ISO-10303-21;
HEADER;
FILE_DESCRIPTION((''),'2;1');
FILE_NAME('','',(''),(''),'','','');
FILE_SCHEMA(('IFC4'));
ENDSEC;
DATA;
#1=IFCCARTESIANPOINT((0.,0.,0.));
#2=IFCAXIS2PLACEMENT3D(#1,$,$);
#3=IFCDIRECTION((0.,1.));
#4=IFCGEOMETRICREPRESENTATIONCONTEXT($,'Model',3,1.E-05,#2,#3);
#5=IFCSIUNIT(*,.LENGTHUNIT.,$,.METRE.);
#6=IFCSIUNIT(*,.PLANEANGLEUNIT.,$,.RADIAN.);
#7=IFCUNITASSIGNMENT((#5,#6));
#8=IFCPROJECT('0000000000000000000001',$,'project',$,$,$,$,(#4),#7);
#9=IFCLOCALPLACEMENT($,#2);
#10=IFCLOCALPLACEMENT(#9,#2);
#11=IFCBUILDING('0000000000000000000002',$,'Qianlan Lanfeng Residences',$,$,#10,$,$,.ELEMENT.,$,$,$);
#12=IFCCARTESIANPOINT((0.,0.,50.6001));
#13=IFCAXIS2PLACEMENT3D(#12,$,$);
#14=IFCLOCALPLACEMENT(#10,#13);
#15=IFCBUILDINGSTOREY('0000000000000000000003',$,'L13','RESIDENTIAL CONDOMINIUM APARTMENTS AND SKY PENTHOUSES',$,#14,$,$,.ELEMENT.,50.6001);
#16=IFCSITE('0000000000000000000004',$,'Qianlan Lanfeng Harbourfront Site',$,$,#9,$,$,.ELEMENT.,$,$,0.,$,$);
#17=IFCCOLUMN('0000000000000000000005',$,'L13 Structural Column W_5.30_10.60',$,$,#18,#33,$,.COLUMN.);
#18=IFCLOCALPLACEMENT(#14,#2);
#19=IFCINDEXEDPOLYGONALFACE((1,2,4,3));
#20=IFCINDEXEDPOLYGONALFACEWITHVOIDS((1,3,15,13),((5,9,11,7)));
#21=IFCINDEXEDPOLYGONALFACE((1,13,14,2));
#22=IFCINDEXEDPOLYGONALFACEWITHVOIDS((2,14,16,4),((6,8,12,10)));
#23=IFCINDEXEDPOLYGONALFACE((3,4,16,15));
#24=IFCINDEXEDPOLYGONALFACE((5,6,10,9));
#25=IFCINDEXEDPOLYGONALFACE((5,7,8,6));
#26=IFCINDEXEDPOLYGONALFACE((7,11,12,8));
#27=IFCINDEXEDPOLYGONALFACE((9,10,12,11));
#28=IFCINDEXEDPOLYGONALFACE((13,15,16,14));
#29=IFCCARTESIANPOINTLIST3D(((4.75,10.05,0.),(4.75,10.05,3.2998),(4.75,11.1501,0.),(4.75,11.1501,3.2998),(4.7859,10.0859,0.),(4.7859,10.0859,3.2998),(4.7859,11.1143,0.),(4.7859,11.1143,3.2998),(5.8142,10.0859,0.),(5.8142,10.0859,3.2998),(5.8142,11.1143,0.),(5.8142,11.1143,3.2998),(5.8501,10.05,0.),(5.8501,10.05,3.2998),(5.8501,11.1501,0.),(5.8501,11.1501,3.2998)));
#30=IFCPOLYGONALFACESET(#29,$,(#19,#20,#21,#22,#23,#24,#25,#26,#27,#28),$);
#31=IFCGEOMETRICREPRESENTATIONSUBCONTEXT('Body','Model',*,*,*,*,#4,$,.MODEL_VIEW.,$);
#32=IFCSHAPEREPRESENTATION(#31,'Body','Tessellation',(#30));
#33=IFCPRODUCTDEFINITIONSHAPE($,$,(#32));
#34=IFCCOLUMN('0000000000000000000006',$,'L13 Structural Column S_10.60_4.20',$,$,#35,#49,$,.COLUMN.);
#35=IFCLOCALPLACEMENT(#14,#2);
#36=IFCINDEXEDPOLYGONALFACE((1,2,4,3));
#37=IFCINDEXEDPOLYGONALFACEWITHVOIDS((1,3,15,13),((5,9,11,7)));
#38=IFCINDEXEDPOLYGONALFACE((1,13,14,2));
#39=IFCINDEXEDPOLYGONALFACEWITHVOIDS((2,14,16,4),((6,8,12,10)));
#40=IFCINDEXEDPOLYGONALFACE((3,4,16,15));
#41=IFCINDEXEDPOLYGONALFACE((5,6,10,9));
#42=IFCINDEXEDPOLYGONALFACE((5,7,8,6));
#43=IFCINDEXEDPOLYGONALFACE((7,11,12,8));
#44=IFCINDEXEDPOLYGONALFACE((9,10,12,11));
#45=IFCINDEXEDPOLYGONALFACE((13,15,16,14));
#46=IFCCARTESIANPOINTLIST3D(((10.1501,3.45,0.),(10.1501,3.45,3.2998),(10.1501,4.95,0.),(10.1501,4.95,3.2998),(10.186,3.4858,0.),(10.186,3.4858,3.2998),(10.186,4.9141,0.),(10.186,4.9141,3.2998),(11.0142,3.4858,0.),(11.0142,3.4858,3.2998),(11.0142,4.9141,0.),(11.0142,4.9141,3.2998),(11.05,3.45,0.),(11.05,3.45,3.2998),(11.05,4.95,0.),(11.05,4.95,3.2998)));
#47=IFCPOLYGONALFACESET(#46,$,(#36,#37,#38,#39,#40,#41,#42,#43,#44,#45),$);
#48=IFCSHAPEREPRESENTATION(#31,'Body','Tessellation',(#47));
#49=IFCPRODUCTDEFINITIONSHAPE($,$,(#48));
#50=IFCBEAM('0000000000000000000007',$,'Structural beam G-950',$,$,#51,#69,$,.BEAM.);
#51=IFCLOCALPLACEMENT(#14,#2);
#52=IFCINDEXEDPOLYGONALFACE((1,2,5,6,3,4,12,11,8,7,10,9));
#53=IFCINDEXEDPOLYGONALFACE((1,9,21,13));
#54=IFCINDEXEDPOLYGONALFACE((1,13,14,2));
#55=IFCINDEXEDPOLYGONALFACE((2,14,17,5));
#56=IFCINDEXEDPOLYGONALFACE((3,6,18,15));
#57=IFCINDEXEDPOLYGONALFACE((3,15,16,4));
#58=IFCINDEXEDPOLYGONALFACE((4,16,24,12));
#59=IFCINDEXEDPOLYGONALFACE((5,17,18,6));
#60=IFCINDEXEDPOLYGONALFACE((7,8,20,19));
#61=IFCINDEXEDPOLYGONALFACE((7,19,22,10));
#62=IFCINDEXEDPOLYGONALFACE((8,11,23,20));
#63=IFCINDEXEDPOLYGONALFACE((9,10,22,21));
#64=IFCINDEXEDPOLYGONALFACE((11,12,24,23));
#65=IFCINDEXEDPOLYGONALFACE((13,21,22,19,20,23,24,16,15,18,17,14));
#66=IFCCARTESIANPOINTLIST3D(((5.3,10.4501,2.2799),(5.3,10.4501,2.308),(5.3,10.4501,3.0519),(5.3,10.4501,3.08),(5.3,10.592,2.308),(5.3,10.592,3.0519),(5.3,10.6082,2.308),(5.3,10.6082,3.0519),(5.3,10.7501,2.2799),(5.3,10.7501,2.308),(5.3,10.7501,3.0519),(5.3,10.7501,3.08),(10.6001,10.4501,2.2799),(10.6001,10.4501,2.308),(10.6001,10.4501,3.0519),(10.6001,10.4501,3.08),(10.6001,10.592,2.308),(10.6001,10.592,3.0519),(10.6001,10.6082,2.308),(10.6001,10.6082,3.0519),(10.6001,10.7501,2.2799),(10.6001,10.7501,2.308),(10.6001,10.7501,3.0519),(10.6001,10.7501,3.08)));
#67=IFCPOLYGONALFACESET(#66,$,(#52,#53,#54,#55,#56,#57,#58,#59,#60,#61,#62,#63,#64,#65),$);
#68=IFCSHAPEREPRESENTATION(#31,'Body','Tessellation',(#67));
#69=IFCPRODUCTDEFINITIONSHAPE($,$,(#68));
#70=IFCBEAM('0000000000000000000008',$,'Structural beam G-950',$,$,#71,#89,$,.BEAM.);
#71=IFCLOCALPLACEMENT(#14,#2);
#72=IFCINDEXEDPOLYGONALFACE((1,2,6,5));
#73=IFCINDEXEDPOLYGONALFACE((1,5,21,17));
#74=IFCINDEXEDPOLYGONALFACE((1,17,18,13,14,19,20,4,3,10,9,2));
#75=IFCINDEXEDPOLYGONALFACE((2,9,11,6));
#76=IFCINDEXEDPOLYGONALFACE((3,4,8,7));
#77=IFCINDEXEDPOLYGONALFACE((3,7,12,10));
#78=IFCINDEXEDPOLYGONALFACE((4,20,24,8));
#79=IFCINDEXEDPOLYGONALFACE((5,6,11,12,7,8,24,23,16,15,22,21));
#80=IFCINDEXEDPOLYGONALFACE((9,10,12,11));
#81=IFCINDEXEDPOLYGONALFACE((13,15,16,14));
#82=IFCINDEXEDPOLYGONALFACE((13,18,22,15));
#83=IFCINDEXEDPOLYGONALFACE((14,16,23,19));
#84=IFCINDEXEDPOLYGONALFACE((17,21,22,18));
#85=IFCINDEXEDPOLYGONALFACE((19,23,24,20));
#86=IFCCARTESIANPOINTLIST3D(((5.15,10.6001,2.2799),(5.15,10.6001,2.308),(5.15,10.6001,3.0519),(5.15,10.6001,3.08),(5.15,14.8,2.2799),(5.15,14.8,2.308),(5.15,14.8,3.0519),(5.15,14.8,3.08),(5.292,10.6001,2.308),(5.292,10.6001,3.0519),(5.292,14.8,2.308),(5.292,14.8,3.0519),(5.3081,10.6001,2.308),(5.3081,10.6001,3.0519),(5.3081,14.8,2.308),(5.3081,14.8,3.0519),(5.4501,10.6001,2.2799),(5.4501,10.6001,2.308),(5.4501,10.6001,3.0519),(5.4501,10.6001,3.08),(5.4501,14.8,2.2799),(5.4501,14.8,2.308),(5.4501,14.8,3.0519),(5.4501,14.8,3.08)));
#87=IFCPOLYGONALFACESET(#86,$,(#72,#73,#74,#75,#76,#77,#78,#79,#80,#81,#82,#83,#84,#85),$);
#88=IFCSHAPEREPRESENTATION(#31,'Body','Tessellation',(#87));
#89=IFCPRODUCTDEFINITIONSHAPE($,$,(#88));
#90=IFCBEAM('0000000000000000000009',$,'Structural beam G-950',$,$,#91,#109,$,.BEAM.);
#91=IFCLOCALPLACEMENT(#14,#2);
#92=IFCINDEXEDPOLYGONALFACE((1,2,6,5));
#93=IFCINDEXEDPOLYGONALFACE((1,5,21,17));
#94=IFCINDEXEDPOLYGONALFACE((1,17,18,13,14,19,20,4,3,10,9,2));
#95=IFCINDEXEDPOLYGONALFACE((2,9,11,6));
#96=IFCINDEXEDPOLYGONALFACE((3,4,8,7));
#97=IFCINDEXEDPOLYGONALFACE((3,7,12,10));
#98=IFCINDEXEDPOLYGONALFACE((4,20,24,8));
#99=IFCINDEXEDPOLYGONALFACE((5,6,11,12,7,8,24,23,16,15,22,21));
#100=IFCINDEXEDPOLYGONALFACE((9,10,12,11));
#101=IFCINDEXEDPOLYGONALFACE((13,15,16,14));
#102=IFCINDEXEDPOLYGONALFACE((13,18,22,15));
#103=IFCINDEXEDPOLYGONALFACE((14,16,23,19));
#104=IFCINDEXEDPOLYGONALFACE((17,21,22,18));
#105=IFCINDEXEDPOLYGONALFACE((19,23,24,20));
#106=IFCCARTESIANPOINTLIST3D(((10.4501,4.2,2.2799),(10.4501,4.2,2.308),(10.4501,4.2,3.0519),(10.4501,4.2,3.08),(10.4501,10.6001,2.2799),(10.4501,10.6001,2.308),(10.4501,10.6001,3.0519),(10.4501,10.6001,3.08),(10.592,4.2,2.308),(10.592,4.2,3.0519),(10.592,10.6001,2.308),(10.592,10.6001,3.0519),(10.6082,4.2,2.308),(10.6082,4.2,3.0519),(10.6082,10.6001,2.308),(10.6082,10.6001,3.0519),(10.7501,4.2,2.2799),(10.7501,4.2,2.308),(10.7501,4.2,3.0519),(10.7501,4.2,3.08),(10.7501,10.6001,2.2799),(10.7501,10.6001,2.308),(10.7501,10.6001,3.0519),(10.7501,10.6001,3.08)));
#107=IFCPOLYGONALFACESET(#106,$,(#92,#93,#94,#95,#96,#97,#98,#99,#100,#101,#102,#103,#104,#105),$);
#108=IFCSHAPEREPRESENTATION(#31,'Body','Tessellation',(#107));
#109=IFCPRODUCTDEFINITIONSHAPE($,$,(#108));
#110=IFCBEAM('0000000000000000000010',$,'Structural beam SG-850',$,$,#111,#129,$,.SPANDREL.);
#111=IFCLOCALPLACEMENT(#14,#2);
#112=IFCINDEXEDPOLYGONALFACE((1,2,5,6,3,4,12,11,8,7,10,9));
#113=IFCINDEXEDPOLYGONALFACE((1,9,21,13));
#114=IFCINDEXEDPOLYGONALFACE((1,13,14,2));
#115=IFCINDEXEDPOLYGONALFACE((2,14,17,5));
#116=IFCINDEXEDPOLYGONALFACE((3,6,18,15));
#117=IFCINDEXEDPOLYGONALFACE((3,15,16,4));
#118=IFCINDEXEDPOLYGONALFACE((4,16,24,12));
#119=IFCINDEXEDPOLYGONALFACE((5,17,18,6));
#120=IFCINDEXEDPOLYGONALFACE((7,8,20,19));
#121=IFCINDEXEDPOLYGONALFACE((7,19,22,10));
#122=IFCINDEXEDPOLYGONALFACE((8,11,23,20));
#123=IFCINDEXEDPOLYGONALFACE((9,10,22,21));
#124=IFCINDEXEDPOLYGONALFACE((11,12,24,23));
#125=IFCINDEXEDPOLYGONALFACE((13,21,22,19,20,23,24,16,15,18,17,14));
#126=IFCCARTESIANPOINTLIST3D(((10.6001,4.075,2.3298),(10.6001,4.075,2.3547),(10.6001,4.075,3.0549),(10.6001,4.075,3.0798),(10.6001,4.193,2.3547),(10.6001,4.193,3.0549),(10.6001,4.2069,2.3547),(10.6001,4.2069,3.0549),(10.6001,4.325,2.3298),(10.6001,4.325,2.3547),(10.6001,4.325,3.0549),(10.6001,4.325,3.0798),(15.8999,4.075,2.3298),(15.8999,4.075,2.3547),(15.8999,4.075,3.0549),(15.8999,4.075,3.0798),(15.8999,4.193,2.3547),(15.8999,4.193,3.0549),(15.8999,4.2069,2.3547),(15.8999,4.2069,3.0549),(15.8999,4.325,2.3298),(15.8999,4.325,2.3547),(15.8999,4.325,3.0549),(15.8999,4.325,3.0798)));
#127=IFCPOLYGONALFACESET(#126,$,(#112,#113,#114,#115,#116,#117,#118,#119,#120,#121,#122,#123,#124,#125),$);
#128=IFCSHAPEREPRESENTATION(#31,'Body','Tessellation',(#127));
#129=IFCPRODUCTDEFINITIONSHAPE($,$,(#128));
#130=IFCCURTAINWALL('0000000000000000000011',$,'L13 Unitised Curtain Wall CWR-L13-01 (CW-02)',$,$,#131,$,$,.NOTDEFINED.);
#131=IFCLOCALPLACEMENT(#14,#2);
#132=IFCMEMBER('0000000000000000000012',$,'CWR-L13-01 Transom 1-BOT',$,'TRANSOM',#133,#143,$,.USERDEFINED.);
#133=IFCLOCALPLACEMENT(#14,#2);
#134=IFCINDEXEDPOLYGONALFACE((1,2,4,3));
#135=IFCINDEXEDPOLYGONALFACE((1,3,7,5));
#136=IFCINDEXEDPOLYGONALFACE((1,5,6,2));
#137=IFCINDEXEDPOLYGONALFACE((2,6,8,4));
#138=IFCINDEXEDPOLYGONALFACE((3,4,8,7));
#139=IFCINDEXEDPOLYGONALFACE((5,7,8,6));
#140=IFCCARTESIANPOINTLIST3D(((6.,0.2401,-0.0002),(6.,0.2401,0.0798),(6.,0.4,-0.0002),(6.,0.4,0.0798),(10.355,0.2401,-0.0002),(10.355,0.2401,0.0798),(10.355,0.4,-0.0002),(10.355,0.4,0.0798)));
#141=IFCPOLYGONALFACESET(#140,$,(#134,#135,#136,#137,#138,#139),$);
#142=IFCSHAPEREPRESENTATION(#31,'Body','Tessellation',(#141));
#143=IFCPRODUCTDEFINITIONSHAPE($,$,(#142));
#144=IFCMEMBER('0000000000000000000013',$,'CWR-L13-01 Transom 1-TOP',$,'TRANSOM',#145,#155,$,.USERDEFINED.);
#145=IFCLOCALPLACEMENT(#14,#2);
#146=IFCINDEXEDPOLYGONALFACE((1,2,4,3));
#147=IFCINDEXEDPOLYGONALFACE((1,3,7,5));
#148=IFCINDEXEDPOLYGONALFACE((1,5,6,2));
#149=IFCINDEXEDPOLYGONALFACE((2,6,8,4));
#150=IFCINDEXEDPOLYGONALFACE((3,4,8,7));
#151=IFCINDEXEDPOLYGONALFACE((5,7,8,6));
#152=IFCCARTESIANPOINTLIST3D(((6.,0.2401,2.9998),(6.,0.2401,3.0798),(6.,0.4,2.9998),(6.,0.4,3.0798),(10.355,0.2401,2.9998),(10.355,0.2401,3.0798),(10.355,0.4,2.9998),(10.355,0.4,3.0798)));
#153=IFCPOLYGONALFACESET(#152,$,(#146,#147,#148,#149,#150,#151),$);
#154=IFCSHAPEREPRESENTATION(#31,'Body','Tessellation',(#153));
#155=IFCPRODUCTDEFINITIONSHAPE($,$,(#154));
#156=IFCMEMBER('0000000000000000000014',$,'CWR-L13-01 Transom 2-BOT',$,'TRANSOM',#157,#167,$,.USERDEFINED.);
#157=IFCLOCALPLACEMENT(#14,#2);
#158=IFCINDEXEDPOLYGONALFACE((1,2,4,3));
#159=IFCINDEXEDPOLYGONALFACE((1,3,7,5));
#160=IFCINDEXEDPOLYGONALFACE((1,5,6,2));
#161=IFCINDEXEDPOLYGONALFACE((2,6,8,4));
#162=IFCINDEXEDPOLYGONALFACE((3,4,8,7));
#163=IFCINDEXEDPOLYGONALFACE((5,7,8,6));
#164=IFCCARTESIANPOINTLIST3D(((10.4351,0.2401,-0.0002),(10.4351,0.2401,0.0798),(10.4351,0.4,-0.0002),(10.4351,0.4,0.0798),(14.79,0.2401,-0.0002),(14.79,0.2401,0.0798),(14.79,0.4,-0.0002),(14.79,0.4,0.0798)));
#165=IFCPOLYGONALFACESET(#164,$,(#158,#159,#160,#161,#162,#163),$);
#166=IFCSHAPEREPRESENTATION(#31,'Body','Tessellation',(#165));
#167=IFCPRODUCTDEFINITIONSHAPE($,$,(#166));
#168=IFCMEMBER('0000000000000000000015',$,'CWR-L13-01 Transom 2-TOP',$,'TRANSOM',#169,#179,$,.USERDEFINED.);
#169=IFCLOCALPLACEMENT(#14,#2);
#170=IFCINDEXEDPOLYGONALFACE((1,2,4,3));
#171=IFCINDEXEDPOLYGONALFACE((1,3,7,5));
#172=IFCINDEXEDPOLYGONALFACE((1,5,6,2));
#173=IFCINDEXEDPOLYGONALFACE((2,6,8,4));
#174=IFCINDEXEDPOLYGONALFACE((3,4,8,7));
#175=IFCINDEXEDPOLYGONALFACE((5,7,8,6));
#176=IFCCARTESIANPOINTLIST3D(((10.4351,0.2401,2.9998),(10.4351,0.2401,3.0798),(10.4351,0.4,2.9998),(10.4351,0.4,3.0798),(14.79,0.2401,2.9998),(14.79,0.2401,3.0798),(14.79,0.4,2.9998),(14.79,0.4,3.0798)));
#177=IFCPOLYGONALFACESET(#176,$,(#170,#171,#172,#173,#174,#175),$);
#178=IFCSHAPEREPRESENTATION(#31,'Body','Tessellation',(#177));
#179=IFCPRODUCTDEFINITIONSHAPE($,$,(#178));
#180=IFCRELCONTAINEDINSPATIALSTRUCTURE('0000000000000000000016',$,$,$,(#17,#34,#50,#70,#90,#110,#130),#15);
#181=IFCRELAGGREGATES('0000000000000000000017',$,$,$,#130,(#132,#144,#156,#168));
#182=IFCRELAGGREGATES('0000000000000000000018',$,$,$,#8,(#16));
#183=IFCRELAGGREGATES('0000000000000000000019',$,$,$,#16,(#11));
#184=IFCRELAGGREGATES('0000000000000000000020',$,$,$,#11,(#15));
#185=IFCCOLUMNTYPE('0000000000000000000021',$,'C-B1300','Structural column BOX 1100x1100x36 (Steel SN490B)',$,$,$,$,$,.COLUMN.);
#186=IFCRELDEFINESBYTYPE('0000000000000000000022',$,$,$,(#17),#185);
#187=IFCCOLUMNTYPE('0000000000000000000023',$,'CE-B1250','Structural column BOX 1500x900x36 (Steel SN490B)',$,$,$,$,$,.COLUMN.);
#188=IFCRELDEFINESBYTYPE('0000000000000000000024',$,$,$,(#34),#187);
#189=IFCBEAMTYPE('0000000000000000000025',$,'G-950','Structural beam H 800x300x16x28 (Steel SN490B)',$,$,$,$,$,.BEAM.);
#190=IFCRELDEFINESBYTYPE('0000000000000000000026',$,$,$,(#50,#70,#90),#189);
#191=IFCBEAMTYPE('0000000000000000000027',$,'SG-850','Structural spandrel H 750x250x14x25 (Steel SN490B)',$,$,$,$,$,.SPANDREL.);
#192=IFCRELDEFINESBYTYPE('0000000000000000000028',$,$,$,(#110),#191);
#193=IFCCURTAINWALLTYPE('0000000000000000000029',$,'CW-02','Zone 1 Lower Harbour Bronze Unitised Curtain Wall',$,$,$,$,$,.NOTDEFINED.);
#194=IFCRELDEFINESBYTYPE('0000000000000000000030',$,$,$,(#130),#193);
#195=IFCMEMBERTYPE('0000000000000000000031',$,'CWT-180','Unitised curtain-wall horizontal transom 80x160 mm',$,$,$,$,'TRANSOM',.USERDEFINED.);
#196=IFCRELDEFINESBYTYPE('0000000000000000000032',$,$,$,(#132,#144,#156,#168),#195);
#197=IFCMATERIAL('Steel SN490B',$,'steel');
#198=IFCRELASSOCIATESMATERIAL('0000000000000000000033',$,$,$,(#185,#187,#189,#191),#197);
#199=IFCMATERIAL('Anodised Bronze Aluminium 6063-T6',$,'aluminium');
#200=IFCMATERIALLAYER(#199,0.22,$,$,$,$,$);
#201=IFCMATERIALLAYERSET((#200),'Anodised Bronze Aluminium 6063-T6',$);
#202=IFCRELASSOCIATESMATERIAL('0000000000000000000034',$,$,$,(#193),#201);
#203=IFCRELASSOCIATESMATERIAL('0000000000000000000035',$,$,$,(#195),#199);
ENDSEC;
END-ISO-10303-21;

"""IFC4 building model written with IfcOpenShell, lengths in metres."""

from ifc_helpers import new_model, si_unit, direction, frame, origin, origin_2d, place, context, subcontext, project, spatial, rectangle, hollow_rectangle, i_section, extrude, source, transform, mapped, material, layer, layer_set, material_profile, profile_set, type_object, element, aggregate, save


model = new_model("IFC4")

# Units and contexts
model_context = context("Model", 3, precision=1e-05, world=origin(), true_north=direction((0.0, 1.0)))
body_context = subcontext(model_context, "Body", "Model", "MODEL_VIEW")
ifc_project = project(units=[si_unit("LENGTHUNIT", "METRE"), si_unit("PLANEANGLEUNIT", "RADIAN")], contexts=[model_context])

# Site, building, storey
site_placement = place(None, origin())
site = spatial("IfcSite", under=ifc_project, at=site_placement, Name="Qianlan Lanfeng Harbourfront Site", CompositionType="ELEMENT", RefElevation=0.0)
building_placement = place(site_placement, origin())
building = spatial("IfcBuilding", under=site, at=building_placement, Name="Qianlan Lanfeng Residences", CompositionType="ELEMENT")
storey_placement = place(building_placement, frame((0.0, 0.0, 50.6001)))
storey = spatial("IfcBuildingStorey", under=building, at=storey_placement, Name="L13", Description="RESIDENTIAL CONDOMINIUM APARTMENTS AND SKY PENTHOUSES", CompositionType="ELEMENT", Elevation=50.6001)

# Columns
ifc_material_1 = material(Name="Steel SN490B", Category="steel")
ifc_material_profile_1 = material_profile(ifc_material_1, hollow_rectangle(XDim=1.1001, YDim=1.1001, WallThickness=0.0359, at=origin_2d()), Name="BOX 1100x1100x36")
ifc_profile_set_1 = profile_set([ifc_material_profile_1], Name="Steel SN490B")
column_type_1 = type_object("IfcColumnType", Name="C-B1300", Description="Structural column BOX 1100x1100x36 (Steel SN490B)", PredefinedType="COLUMN", material=ifc_profile_set_1)
column_1_placement = place(storey_placement, frame((5.3, 10.6001, 0.0), z_axis=(0.0, 0.0, 1.0), x_axis=(1.0, 0.0, 0.0)))
element("IfcColumn", 1, at=column_1_placement, inside=storey, type_object=column_type_1, Name="L13 Structural Column W_5.30_10.60", PredefinedType="COLUMN", context=body_context, shape_type="SweptSolid", body=[
    extrude(hollow_rectangle(XDim=1.1001, YDim=1.1001, WallThickness=0.0359, at=origin_2d()), origin(), (0.0, 0.0, 1.0), 3.2998),
])
ifc_material_profile_2 = material_profile(ifc_material_1, hollow_rectangle(XDim=0.8999, YDim=1.5, WallThickness=0.0359, at=origin_2d()), Name="BOX 1500x900x36")
ifc_profile_set_2 = profile_set([ifc_material_profile_2], Name="Steel SN490B")
column_type_2 = type_object("IfcColumnType", Name="CE-B1250", Description="Structural column BOX 1500x900x36 (Steel SN490B)", PredefinedType="COLUMN", material=ifc_profile_set_2)
column_2_placement = place(storey_placement, frame((10.6001, 4.2, 0.0), z_axis=(0.0, 0.0, 1.0), x_axis=(1.0, 0.0, 0.0)))
element("IfcColumn", 2, at=column_2_placement, inside=storey, type_object=column_type_2, Name="L13 Structural Column S_10.60_4.20", PredefinedType="COLUMN", context=body_context, shape_type="SweptSolid", body=[
    extrude(hollow_rectangle(XDim=0.8999, YDim=1.5, WallThickness=0.0359, at=origin_2d()), origin(), (0.0, 0.0, 1.0), 3.2998),
])

# Beams
ifc_material_profile_3 = material_profile(ifc_material_1, i_section(OverallWidth=0.3, OverallDepth=0.8, WebThickness=0.0161, FlangeThickness=0.0281, at=origin_2d()), Name="H 800x300x16x28")
ifc_profile_set_3 = profile_set([ifc_material_profile_3], Name="Steel SN490B")
beam_type_1 = type_object("IfcBeamType", Name="G-950", Description="Structural beam H 800x300x16x28 (Steel SN490B)", PredefinedType="BEAM", material=ifc_profile_set_3)
beam_1_placement = place(storey_placement, frame((5.3, 10.6001, 2.6799), z_axis=(1.0, 0.0, 0.0), x_axis=(0.0, 1.0, 0.0)))
element("IfcBeam", 3, at=beam_1_placement, inside=storey, type_object=beam_type_1, Name="Structural beam G-950", PredefinedType="BEAM", context=body_context, shape_type="SweptSolid", body=[
    extrude(i_section(OverallWidth=0.3, OverallDepth=0.8, WebThickness=0.0161, FlangeThickness=0.0281, at=origin_2d()), origin(), (0.0, 0.0, 1.0), 5.3),
])
beam_2_placement = place(storey_placement, frame((5.3, 10.6001, 2.6799), z_axis=(0.0, 1.0, 0.0), x_axis=(-1.0, 0.0, 0.0)))
element("IfcBeam", 4, at=beam_2_placement, inside=storey, type_object=beam_type_1, Name="Structural beam G-950", PredefinedType="BEAM", context=body_context, shape_type="SweptSolid", body=[
    extrude(i_section(OverallWidth=0.3, OverallDepth=0.8, WebThickness=0.0161, FlangeThickness=0.0281, at=origin_2d()), origin(), (0.0, 0.0, 1.0), 4.2),
])
beam_3_placement = place(storey_placement, frame((10.6001, 4.2, 2.6799), z_axis=(0.0, 1.0, 0.0), x_axis=(-1.0, 0.0, 0.0)))
element("IfcBeam", 5, at=beam_3_placement, inside=storey, type_object=beam_type_1, Name="Structural beam G-950", PredefinedType="BEAM", context=body_context, shape_type="SweptSolid", body=[
    extrude(i_section(OverallWidth=0.3, OverallDepth=0.8, WebThickness=0.0161, FlangeThickness=0.0281, at=origin_2d()), origin(), (0.0, 0.0, 1.0), 6.4001),
])
ifc_material_profile_4 = material_profile(ifc_material_1, i_section(OverallWidth=0.25, OverallDepth=0.75, WebThickness=0.0139, FlangeThickness=0.0249, at=origin_2d()), Name="H 750x250x14x25")
ifc_profile_set_4 = profile_set([ifc_material_profile_4], Name="Steel SN490B")
beam_type_2 = type_object("IfcBeamType", Name="SG-850", Description="Structural spandrel H 750x250x14x25 (Steel SN490B)", PredefinedType="SPANDREL", material=ifc_profile_set_4)
beam_4_placement = place(storey_placement, frame((10.6001, 4.2, 2.7048), z_axis=(1.0, 0.0, 0.0), x_axis=(0.0, 1.0, 0.0)))
element("IfcBeam", 6, at=beam_4_placement, inside=storey, type_object=beam_type_2, Name="Structural beam SG-850", PredefinedType="SPANDREL", context=body_context, shape_type="SweptSolid", body=[
    extrude(i_section(OverallWidth=0.25, OverallDepth=0.75, WebThickness=0.0139, FlangeThickness=0.0249, at=origin_2d()), origin(), (0.0, 0.0, 1.0), 5.2998),
])

# Curtain wall, members
ifc_material_2 = material(Name="Anodised Bronze Aluminium 6063-T6", Category="aluminium")
ifc_layer_1 = layer(ifc_material_2, 0.22)
ifc_layer_set_1 = layer_set([ifc_layer_1], Name="Anodised Bronze Aluminium 6063-T6")
curtain_wall_type = type_object("IfcCurtainWallType", Name="CW-02", Description="Zone 1 Lower Harbour Bronze Unitised Curtain Wall", PredefinedType="NOTDEFINED", material=ifc_layer_set_1)
curtain_wall_1_placement = place(storey_placement, origin())
curtain_wall_1 = element("IfcCurtainWall", 7, at=curtain_wall_1_placement, inside=storey, type_object=curtain_wall_type, Name="L13 Unitised Curtain Wall CWR-L13-01 (CW-02)", PredefinedType="NOTDEFINED")
ifc_material_profile_5 = material_profile(ifc_material_2, rectangle(XDim=0.0801, YDim=0.1599, at=origin_2d()), Name="ALU TRANSOM 80x160")
ifc_profile_set_5 = profile_set([ifc_material_profile_5], Name="Anodised Bronze Aluminium 6063-T6")
member_type_1 = type_object("IfcMemberType", Name="CWT-180", Description="Unitised curtain-wall horizontal transom 80x160 mm", ElementType="TRANSOM", PredefinedType="USERDEFINED", material=ifc_profile_set_5)
shared_shape_1 = source(origin(), body_context, "Body", "SweptSolid", [
    extrude(rectangle(XDim=0.0801, YDim=0.1599, at=origin_2d()), origin(), (0.0, 0.0, 1.0), 4.355),
])
member_1_placement = place(storey_placement, frame((6.0, 0.3201, 0.0398), z_axis=(1.0, 0.0, 0.0), x_axis=(0.0, 0.0, 1.0)))
member_1 = element("IfcMember", 8, at=member_1_placement, type_object=member_type_1, Name="CWR-L13-01 Transom 1-BOT", ObjectType="TRANSOM", PredefinedType="USERDEFINED", context=body_context, shape_type="MappedRepresentation", body=[
    mapped(shared_shape_1, transform((0.0, 0.0, 0.0), scale=1.0)),
])
member_2_placement = place(storey_placement, frame((6.0, 0.3201, 3.0398), z_axis=(1.0, 0.0, 0.0), x_axis=(0.0, 0.0, 1.0)))
member_2 = element("IfcMember", 9, at=member_2_placement, type_object=member_type_1, Name="CWR-L13-01 Transom 1-TOP", ObjectType="TRANSOM", PredefinedType="USERDEFINED", context=body_context, shape_type="MappedRepresentation", body=[
    mapped(shared_shape_1, transform((0.0, 0.0, 0.0), scale=1.0)),
])
member_3_placement = place(storey_placement, frame((10.4351, 0.3201, 0.0398), z_axis=(1.0, 0.0, 0.0), x_axis=(0.0, 0.0, 1.0)))
member_3 = element("IfcMember", 10, at=member_3_placement, type_object=member_type_1, Name="CWR-L13-01 Transom 2-BOT", ObjectType="TRANSOM", PredefinedType="USERDEFINED", context=body_context, shape_type="MappedRepresentation", body=[
    mapped(shared_shape_1, transform((0.0, 0.0, 0.0), scale=1.0)),
])
member_4_placement = place(storey_placement, frame((10.4351, 0.3201, 3.0398), z_axis=(1.0, 0.0, 0.0), x_axis=(0.0, 0.0, 1.0)))
member_4 = element("IfcMember", 11, at=member_4_placement, type_object=member_type_1, Name="CWR-L13-01 Transom 2-TOP", ObjectType="TRANSOM", PredefinedType="USERDEFINED", context=body_context, shape_type="MappedRepresentation", body=[
    mapped(shared_shape_1, transform((0.0, 0.0, 0.0), scale=1.0)),
])

aggregate(curtain_wall_1, [member_1, member_2, member_3, member_4])

save(model, "model.ifc")
